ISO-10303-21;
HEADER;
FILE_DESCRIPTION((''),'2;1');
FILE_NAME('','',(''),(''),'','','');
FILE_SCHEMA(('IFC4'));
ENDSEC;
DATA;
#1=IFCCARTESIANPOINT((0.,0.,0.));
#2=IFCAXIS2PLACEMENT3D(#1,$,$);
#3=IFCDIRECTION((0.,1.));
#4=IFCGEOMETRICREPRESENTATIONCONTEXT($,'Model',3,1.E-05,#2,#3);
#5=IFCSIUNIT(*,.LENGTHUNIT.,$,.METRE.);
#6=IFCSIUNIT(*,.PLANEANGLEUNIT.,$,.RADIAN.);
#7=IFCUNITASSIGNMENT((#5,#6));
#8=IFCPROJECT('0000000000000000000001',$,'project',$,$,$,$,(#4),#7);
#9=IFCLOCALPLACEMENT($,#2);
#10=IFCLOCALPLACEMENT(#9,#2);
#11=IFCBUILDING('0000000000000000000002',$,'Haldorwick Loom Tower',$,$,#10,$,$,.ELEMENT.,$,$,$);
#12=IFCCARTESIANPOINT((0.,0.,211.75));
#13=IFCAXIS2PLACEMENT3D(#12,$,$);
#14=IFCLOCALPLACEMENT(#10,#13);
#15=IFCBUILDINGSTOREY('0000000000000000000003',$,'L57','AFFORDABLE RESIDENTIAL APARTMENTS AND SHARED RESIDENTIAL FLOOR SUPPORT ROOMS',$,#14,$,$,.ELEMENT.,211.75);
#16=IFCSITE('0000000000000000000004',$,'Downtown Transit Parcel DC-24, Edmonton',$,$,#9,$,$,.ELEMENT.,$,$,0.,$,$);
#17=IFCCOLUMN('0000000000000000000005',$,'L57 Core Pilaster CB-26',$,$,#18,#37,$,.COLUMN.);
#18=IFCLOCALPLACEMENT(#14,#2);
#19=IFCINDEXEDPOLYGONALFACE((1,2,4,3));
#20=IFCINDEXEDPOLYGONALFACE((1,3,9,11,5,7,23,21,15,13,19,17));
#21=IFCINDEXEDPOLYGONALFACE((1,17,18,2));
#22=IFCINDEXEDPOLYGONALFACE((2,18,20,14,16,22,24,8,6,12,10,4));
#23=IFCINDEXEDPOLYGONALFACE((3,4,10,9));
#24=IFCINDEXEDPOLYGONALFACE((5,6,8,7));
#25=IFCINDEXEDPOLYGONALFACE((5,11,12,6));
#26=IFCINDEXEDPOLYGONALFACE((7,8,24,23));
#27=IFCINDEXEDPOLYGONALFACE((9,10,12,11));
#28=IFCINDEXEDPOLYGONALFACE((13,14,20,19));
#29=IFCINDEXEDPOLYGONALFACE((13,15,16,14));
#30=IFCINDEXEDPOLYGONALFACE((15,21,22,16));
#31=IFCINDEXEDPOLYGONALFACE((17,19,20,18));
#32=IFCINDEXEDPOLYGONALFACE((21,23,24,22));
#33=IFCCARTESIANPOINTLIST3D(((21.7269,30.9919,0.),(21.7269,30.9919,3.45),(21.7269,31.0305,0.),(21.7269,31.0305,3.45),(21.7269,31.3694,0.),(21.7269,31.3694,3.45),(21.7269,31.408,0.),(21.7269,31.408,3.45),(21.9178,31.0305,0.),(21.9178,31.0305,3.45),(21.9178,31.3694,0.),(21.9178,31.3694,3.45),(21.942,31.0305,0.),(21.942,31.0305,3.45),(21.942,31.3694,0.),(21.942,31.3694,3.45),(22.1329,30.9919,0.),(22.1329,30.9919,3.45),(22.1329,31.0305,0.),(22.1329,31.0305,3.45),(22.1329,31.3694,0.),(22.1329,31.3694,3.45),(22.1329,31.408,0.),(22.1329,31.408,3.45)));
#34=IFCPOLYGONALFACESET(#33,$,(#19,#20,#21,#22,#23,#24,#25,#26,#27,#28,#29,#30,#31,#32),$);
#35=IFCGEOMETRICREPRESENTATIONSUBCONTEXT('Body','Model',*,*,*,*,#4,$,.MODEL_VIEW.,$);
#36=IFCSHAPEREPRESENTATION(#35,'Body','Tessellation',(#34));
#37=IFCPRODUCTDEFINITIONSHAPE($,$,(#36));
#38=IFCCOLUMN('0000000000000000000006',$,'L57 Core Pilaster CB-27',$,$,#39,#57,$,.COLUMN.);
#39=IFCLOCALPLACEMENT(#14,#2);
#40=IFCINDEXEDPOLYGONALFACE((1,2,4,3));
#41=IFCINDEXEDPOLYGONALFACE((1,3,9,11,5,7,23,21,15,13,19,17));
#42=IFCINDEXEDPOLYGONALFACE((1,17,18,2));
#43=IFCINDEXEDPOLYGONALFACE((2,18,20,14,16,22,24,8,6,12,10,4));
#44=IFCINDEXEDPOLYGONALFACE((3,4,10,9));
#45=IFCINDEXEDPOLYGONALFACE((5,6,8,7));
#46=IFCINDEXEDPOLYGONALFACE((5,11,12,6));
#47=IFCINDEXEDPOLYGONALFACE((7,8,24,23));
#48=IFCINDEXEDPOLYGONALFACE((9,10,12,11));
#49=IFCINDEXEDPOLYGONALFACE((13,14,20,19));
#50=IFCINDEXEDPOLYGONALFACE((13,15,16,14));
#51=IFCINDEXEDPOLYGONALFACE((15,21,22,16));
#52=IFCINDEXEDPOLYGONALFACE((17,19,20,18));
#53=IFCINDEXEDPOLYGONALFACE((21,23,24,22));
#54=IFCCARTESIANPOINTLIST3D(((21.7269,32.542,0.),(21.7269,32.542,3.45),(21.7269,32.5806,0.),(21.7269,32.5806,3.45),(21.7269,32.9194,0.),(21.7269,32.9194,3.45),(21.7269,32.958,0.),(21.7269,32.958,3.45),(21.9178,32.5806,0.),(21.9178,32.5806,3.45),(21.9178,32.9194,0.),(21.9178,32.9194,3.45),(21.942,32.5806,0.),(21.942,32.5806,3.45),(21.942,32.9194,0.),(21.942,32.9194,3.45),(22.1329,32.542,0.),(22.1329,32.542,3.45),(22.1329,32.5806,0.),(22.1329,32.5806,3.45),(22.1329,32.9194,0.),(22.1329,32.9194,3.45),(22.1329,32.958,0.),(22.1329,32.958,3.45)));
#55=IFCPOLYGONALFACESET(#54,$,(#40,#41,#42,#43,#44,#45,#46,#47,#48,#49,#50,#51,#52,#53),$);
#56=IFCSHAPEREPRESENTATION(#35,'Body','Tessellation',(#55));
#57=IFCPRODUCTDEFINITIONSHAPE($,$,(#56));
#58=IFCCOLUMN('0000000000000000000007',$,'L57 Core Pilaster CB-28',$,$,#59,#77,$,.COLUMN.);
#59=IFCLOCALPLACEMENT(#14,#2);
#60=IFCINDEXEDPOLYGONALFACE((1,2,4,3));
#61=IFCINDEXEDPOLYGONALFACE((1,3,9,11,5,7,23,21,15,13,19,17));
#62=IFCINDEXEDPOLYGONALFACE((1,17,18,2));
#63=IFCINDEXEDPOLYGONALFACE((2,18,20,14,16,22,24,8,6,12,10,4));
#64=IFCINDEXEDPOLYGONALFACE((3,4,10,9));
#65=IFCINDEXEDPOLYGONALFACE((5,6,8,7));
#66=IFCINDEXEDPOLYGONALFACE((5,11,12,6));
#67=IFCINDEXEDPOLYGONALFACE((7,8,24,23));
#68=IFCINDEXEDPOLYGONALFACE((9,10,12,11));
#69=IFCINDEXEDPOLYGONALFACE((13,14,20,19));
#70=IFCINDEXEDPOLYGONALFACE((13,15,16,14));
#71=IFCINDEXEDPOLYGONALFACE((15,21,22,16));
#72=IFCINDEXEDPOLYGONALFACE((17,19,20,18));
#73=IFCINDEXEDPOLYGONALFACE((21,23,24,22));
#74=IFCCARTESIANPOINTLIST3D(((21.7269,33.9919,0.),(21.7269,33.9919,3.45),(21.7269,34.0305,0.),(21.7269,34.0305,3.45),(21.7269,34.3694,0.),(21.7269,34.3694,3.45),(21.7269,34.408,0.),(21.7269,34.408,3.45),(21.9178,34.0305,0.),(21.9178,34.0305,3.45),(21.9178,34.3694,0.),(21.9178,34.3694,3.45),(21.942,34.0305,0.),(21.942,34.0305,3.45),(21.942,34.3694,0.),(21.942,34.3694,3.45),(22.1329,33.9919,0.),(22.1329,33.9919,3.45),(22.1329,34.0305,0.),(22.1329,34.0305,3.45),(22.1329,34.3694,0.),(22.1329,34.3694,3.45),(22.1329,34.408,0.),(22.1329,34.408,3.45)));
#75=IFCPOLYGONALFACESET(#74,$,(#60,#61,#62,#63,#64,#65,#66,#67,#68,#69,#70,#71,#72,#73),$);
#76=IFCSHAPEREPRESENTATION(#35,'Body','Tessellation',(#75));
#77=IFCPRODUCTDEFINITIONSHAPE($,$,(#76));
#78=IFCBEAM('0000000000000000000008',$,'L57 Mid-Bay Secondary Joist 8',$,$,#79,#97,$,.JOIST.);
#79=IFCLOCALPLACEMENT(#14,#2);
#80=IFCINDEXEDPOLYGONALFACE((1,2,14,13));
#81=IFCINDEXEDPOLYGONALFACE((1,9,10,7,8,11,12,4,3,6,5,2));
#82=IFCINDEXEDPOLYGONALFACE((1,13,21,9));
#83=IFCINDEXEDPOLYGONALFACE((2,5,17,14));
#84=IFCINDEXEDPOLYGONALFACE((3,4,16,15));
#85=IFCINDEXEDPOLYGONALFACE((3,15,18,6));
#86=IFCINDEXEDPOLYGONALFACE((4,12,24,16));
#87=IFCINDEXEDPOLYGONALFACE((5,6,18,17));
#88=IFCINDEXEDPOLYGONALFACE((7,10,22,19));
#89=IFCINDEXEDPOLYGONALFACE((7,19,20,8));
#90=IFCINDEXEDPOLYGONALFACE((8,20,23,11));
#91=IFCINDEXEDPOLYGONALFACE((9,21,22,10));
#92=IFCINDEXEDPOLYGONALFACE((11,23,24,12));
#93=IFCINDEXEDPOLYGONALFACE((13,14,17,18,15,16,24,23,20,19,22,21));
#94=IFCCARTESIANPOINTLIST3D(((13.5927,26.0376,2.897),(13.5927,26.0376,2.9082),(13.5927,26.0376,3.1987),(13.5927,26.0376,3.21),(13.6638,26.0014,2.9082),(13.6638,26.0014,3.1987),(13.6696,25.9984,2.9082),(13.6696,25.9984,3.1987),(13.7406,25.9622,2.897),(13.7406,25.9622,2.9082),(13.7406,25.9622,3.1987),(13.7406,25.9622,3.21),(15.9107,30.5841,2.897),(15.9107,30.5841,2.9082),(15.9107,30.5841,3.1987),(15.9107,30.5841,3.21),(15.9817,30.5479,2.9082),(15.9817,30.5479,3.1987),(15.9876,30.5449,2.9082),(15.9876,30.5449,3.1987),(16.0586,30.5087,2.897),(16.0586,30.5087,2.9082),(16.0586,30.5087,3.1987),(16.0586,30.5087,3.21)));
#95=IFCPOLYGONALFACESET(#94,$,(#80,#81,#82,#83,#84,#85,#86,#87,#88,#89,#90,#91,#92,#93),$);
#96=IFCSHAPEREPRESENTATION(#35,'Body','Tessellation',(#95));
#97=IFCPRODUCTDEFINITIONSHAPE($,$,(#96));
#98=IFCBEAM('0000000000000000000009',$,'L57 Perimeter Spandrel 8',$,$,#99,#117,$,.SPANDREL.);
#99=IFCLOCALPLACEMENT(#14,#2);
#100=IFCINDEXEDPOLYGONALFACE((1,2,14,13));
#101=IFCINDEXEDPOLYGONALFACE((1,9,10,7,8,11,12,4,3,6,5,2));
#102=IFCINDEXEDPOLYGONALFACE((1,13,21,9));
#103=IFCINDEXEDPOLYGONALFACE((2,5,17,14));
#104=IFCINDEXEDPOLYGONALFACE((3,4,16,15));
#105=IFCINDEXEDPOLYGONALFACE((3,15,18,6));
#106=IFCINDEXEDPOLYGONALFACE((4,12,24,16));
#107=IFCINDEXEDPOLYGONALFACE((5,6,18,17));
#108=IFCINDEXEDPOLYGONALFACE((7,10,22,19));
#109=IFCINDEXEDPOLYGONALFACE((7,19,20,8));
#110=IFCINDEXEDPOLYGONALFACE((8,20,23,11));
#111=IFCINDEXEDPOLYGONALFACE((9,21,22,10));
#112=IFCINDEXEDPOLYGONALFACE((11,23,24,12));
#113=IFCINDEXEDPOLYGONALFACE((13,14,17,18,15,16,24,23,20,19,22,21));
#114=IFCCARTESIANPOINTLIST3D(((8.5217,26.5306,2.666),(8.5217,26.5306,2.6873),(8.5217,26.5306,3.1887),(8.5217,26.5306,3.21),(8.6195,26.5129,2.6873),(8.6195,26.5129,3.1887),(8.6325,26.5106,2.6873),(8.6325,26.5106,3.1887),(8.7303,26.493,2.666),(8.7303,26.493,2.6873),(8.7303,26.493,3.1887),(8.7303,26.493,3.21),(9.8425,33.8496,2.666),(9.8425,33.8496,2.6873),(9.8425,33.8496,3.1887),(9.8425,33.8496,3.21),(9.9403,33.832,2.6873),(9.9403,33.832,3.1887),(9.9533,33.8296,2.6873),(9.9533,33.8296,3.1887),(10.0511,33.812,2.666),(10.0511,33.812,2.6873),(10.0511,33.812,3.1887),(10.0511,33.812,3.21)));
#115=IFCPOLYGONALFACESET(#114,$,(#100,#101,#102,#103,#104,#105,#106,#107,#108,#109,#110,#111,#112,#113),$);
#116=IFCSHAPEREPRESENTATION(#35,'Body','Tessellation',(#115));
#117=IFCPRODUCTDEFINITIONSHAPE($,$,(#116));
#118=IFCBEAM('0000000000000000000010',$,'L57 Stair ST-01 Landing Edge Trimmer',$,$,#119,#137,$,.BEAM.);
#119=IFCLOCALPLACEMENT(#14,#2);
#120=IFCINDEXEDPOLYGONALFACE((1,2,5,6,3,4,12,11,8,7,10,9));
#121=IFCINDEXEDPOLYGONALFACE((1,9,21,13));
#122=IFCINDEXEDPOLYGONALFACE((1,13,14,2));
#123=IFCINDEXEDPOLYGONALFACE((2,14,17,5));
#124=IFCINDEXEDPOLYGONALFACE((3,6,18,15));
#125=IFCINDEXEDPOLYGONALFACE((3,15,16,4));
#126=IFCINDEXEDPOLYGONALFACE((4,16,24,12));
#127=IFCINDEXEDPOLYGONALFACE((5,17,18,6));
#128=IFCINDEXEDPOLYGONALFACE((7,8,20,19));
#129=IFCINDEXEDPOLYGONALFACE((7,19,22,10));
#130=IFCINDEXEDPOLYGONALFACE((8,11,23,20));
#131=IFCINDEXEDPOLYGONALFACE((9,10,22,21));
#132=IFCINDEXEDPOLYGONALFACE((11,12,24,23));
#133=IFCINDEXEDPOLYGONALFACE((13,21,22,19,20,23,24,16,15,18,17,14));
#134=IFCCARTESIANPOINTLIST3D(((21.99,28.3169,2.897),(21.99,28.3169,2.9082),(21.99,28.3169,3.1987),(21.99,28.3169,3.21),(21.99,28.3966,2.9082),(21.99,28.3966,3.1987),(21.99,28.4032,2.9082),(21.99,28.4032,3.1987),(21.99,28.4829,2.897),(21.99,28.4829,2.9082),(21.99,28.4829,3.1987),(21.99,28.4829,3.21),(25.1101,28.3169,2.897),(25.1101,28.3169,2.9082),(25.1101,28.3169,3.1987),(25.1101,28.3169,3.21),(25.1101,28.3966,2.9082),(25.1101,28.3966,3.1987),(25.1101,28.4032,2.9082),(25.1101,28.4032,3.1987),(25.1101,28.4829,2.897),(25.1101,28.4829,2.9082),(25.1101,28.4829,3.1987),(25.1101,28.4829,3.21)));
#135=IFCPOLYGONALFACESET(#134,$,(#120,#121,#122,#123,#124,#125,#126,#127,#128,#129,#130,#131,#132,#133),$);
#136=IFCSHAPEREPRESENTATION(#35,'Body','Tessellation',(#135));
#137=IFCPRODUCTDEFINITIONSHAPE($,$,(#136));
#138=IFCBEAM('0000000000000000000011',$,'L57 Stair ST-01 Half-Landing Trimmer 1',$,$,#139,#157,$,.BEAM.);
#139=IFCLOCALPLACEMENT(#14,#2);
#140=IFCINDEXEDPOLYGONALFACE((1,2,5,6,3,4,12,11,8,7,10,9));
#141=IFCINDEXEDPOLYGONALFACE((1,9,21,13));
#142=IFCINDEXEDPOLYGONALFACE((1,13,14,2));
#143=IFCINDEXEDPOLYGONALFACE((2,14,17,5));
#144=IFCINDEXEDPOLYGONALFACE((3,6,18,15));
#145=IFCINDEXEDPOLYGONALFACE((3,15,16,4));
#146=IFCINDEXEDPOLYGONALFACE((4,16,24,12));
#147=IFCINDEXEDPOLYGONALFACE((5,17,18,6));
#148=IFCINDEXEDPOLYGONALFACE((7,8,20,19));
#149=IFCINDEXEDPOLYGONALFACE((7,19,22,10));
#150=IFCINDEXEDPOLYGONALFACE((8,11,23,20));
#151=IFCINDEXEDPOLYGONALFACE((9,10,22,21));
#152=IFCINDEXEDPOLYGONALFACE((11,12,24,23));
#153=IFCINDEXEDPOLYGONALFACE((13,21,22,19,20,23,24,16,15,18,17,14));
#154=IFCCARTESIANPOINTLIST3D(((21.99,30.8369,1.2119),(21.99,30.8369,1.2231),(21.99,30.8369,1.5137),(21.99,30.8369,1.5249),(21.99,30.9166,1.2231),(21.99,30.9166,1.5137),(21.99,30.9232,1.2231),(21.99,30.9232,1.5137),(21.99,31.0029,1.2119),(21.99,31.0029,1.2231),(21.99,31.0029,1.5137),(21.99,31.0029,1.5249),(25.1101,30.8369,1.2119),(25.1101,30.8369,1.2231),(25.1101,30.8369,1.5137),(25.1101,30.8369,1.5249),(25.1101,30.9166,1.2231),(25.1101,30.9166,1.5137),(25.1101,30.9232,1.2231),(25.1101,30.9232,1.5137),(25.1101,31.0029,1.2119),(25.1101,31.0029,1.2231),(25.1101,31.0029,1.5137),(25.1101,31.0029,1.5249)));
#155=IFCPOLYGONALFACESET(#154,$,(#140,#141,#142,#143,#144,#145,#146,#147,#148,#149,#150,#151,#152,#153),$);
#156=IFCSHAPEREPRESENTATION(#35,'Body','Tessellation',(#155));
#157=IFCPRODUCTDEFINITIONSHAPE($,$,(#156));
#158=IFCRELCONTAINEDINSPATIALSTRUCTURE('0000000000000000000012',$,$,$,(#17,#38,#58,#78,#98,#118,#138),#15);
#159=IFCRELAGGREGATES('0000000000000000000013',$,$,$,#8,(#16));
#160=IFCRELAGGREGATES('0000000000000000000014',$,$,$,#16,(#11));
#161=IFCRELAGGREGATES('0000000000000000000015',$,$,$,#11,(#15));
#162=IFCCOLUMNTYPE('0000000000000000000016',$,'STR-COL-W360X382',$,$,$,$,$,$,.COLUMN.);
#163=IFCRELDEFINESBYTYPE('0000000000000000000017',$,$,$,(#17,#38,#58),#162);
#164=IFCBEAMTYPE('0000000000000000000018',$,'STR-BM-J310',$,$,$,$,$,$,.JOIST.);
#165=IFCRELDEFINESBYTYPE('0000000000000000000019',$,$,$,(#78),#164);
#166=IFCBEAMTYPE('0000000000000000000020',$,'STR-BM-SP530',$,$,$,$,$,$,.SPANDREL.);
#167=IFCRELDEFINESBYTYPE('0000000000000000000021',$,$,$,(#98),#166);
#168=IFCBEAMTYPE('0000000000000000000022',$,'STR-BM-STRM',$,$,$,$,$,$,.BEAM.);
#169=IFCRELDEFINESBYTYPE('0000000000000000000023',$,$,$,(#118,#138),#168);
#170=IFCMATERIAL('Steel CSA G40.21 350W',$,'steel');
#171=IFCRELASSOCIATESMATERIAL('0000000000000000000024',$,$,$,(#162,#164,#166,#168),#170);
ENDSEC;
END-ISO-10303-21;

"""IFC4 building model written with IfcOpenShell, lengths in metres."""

from ifc_helpers import new_model, si_unit, direction, frame, origin, origin_2d, place, context, subcontext, project, spatial, i_section, extrude, material, material_profile, profile_set, type_object, element, save


model = new_model("IFC4")

# Units and contexts
model_context = context("Model", 3, precision=1e-05, world=origin(), true_north=direction((0.0, 1.0)))
body_context = subcontext(model_context, "Body", "Model", "MODEL_VIEW")
ifc_project = project(units=[si_unit("LENGTHUNIT", "METRE"), si_unit("PLANEANGLEUNIT", "RADIAN")], contexts=[model_context])

# Site, building, storey
site_placement = place(None, origin())
site = spatial("IfcSite", under=ifc_project, at=site_placement, Name="Downtown Transit Parcel DC-24, Edmonton", CompositionType="ELEMENT", RefElevation=0.0)
building_placement = place(site_placement, origin())
building = spatial("IfcBuilding", under=site, at=building_placement, Name="Haldorwick Loom Tower", CompositionType="ELEMENT")
storey_placement = place(building_placement, frame((0.0, 0.0, 211.75)))
storey = spatial("IfcBuildingStorey", under=building, at=storey_placement, Name="L57", Description="AFFORDABLE RESIDENTIAL APARTMENTS AND SHARED RESIDENTIAL FLOOR SUPPORT ROOMS", CompositionType="ELEMENT", Elevation=211.75)

# Columns
ifc_material_1 = material(Name="Steel CSA G40.21 350W", Category="steel")
ifc_material_profile_1 = material_profile(ifc_material_1, i_section(OverallWidth=0.406, OverallDepth=0.416, WebThickness=0.0242, FlangeThickness=0.0386, at=origin_2d()), Name="W360X382", Category="steel")
ifc_profile_set_1 = profile_set([ifc_material_profile_1], Name="Steel CSA G40.21 350W")
column_type = type_object("IfcColumnType", Name="STR-COL-W360X382", PredefinedType="COLUMN", material=ifc_profile_set_1)
for number, where, z_axis, x_axis, name in (
    (1, (21.9299, 31.2, 0.0), (0.0, 0.0, 1.0), (1.0, 0.0, 0.0), "L57 Core Pilaster CB-26"),
    (2, (21.9299, 32.75, 0.0), (0.0, 0.0, 1.0), (1.0, 0.0, 0.0), "L57 Core Pilaster CB-27"),
    (3, (21.9299, 34.2, 0.0), (0.0, 0.0, 1.0), (1.0, 0.0, 0.0), "L57 Core Pilaster CB-28"),
):
    element("IfcColumn", number, at=place(storey_placement, frame(where, z_axis=z_axis, x_axis=x_axis)), inside=storey, type_object=column_type, Name=name, PredefinedType="COLUMN", context=body_context, shape_type="SweptSolid", body=[
        extrude(i_section(OverallWidth=0.406, OverallDepth=0.416, WebThickness=0.0242, FlangeThickness=0.0386, at=origin_2d()), origin(), (0.0, 0.0, 1.0), 3.45),
    ])

# Beams
ifc_material_profile_2 = material_profile(ifc_material_1, i_section(OverallWidth=0.166, OverallDepth=0.313, WebThickness=0.0066, FlangeThickness=0.0112, at=origin_2d()), Name="W310X45", Category="steel")
ifc_profile_set_2 = profile_set([ifc_material_profile_2], Name="Steel CSA G40.21 350W")
beam_type_1 = type_object("IfcBeamType", Name="STR-BM-J310", PredefinedType="JOIST", material=ifc_profile_set_2)
beam_1_placement = place(storey_placement, frame((15.9846, 30.5464, 3.0535), z_axis=(-0.454204, -0.890898, 0.0), x_axis=(0.890898, -0.454204, 0.0)))
element("IfcBeam", 4, at=beam_1_placement, inside=storey, type_object=beam_type_1, Name="L57 Mid-Bay Secondary Joist 8", PredefinedType="JOIST", context=body_context, shape_type="SweptSolid", body=[
    extrude(i_section(OverallWidth=0.166, OverallDepth=0.313, WebThickness=0.0066, FlangeThickness=0.0112, at=origin_2d()), origin(), (0.0, 0.0, 1.0), 5.1033),
])
ifc_material_profile_3 = material_profile(ifc_material_1, i_section(OverallWidth=0.2119, OverallDepth=0.5439, WebThickness=0.0132, FlangeThickness=0.0212, at=origin_2d()), Name="W530X123", Category="steel")
ifc_profile_set_3 = profile_set([ifc_material_profile_3], Name="Steel CSA G40.21 350W")
beam_type_2 = type_object("IfcBeamType", Name="STR-BM-SP530", PredefinedType="SPANDREL", material=ifc_profile_set_3)
beam_2_placement = place(storey_placement, frame((9.9468, 33.8308, 2.938), z_axis=(-0.177591, -0.984104, 0.0), x_axis=(0.984104, -0.177591, 0.0)))
element("IfcBeam", 5, at=beam_2_placement, inside=storey, type_object=beam_type_2, Name="L57 Perimeter Spandrel 8", PredefinedType="SPANDREL", context=body_context, shape_type="SweptSolid", body=[
    extrude(i_section(OverallWidth=0.2119, OverallDepth=0.5439, WebThickness=0.0132, FlangeThickness=0.0212, at=origin_2d()), origin(), (0.0, 0.0, 1.0), 7.4373),
])
ifc_material_profile_4 = material_profile(ifc_material_1, i_section(OverallWidth=0.166, OverallDepth=0.313, WebThickness=0.0066, FlangeThickness=0.0112, at=origin_2d()), Name="W310X45", Category="steel")
ifc_profile_set_4 = profile_set([ifc_material_profile_4], Name="Steel CSA G40.21 350W")
beam_type_3 = type_object("IfcBeamType", Name="STR-BM-STRM", PredefinedType="BEAM", material=ifc_profile_set_4)
for number, where, z_axis, x_axis, name in (
    (6, (21.99, 28.3999, 3.0535), (1.0, 0.0, 0.0), (0.0, 1.0, 0.0), "L57 Stair ST-01 Landing Edge Trimmer"),
    (7, (21.99, 30.9199, 1.3684), (1.0, 0.0, 0.0), (0.0, 1.0, 0.0), "L57 Stair ST-01 Half-Landing Trimmer 1"),
):
    element("IfcBeam", number, at=place(storey_placement, frame(where, z_axis=z_axis, x_axis=x_axis)), inside=storey, type_object=beam_type_3, Name=name, PredefinedType="BEAM", context=body_context, shape_type="SweptSolid", body=[
        extrude(i_section(OverallWidth=0.166, OverallDepth=0.313, WebThickness=0.0066, FlangeThickness=0.0112, at=origin_2d()), origin(), (0.0, 0.0, 1.0), 3.1201),
    ])

save(model, "model.ifc")
